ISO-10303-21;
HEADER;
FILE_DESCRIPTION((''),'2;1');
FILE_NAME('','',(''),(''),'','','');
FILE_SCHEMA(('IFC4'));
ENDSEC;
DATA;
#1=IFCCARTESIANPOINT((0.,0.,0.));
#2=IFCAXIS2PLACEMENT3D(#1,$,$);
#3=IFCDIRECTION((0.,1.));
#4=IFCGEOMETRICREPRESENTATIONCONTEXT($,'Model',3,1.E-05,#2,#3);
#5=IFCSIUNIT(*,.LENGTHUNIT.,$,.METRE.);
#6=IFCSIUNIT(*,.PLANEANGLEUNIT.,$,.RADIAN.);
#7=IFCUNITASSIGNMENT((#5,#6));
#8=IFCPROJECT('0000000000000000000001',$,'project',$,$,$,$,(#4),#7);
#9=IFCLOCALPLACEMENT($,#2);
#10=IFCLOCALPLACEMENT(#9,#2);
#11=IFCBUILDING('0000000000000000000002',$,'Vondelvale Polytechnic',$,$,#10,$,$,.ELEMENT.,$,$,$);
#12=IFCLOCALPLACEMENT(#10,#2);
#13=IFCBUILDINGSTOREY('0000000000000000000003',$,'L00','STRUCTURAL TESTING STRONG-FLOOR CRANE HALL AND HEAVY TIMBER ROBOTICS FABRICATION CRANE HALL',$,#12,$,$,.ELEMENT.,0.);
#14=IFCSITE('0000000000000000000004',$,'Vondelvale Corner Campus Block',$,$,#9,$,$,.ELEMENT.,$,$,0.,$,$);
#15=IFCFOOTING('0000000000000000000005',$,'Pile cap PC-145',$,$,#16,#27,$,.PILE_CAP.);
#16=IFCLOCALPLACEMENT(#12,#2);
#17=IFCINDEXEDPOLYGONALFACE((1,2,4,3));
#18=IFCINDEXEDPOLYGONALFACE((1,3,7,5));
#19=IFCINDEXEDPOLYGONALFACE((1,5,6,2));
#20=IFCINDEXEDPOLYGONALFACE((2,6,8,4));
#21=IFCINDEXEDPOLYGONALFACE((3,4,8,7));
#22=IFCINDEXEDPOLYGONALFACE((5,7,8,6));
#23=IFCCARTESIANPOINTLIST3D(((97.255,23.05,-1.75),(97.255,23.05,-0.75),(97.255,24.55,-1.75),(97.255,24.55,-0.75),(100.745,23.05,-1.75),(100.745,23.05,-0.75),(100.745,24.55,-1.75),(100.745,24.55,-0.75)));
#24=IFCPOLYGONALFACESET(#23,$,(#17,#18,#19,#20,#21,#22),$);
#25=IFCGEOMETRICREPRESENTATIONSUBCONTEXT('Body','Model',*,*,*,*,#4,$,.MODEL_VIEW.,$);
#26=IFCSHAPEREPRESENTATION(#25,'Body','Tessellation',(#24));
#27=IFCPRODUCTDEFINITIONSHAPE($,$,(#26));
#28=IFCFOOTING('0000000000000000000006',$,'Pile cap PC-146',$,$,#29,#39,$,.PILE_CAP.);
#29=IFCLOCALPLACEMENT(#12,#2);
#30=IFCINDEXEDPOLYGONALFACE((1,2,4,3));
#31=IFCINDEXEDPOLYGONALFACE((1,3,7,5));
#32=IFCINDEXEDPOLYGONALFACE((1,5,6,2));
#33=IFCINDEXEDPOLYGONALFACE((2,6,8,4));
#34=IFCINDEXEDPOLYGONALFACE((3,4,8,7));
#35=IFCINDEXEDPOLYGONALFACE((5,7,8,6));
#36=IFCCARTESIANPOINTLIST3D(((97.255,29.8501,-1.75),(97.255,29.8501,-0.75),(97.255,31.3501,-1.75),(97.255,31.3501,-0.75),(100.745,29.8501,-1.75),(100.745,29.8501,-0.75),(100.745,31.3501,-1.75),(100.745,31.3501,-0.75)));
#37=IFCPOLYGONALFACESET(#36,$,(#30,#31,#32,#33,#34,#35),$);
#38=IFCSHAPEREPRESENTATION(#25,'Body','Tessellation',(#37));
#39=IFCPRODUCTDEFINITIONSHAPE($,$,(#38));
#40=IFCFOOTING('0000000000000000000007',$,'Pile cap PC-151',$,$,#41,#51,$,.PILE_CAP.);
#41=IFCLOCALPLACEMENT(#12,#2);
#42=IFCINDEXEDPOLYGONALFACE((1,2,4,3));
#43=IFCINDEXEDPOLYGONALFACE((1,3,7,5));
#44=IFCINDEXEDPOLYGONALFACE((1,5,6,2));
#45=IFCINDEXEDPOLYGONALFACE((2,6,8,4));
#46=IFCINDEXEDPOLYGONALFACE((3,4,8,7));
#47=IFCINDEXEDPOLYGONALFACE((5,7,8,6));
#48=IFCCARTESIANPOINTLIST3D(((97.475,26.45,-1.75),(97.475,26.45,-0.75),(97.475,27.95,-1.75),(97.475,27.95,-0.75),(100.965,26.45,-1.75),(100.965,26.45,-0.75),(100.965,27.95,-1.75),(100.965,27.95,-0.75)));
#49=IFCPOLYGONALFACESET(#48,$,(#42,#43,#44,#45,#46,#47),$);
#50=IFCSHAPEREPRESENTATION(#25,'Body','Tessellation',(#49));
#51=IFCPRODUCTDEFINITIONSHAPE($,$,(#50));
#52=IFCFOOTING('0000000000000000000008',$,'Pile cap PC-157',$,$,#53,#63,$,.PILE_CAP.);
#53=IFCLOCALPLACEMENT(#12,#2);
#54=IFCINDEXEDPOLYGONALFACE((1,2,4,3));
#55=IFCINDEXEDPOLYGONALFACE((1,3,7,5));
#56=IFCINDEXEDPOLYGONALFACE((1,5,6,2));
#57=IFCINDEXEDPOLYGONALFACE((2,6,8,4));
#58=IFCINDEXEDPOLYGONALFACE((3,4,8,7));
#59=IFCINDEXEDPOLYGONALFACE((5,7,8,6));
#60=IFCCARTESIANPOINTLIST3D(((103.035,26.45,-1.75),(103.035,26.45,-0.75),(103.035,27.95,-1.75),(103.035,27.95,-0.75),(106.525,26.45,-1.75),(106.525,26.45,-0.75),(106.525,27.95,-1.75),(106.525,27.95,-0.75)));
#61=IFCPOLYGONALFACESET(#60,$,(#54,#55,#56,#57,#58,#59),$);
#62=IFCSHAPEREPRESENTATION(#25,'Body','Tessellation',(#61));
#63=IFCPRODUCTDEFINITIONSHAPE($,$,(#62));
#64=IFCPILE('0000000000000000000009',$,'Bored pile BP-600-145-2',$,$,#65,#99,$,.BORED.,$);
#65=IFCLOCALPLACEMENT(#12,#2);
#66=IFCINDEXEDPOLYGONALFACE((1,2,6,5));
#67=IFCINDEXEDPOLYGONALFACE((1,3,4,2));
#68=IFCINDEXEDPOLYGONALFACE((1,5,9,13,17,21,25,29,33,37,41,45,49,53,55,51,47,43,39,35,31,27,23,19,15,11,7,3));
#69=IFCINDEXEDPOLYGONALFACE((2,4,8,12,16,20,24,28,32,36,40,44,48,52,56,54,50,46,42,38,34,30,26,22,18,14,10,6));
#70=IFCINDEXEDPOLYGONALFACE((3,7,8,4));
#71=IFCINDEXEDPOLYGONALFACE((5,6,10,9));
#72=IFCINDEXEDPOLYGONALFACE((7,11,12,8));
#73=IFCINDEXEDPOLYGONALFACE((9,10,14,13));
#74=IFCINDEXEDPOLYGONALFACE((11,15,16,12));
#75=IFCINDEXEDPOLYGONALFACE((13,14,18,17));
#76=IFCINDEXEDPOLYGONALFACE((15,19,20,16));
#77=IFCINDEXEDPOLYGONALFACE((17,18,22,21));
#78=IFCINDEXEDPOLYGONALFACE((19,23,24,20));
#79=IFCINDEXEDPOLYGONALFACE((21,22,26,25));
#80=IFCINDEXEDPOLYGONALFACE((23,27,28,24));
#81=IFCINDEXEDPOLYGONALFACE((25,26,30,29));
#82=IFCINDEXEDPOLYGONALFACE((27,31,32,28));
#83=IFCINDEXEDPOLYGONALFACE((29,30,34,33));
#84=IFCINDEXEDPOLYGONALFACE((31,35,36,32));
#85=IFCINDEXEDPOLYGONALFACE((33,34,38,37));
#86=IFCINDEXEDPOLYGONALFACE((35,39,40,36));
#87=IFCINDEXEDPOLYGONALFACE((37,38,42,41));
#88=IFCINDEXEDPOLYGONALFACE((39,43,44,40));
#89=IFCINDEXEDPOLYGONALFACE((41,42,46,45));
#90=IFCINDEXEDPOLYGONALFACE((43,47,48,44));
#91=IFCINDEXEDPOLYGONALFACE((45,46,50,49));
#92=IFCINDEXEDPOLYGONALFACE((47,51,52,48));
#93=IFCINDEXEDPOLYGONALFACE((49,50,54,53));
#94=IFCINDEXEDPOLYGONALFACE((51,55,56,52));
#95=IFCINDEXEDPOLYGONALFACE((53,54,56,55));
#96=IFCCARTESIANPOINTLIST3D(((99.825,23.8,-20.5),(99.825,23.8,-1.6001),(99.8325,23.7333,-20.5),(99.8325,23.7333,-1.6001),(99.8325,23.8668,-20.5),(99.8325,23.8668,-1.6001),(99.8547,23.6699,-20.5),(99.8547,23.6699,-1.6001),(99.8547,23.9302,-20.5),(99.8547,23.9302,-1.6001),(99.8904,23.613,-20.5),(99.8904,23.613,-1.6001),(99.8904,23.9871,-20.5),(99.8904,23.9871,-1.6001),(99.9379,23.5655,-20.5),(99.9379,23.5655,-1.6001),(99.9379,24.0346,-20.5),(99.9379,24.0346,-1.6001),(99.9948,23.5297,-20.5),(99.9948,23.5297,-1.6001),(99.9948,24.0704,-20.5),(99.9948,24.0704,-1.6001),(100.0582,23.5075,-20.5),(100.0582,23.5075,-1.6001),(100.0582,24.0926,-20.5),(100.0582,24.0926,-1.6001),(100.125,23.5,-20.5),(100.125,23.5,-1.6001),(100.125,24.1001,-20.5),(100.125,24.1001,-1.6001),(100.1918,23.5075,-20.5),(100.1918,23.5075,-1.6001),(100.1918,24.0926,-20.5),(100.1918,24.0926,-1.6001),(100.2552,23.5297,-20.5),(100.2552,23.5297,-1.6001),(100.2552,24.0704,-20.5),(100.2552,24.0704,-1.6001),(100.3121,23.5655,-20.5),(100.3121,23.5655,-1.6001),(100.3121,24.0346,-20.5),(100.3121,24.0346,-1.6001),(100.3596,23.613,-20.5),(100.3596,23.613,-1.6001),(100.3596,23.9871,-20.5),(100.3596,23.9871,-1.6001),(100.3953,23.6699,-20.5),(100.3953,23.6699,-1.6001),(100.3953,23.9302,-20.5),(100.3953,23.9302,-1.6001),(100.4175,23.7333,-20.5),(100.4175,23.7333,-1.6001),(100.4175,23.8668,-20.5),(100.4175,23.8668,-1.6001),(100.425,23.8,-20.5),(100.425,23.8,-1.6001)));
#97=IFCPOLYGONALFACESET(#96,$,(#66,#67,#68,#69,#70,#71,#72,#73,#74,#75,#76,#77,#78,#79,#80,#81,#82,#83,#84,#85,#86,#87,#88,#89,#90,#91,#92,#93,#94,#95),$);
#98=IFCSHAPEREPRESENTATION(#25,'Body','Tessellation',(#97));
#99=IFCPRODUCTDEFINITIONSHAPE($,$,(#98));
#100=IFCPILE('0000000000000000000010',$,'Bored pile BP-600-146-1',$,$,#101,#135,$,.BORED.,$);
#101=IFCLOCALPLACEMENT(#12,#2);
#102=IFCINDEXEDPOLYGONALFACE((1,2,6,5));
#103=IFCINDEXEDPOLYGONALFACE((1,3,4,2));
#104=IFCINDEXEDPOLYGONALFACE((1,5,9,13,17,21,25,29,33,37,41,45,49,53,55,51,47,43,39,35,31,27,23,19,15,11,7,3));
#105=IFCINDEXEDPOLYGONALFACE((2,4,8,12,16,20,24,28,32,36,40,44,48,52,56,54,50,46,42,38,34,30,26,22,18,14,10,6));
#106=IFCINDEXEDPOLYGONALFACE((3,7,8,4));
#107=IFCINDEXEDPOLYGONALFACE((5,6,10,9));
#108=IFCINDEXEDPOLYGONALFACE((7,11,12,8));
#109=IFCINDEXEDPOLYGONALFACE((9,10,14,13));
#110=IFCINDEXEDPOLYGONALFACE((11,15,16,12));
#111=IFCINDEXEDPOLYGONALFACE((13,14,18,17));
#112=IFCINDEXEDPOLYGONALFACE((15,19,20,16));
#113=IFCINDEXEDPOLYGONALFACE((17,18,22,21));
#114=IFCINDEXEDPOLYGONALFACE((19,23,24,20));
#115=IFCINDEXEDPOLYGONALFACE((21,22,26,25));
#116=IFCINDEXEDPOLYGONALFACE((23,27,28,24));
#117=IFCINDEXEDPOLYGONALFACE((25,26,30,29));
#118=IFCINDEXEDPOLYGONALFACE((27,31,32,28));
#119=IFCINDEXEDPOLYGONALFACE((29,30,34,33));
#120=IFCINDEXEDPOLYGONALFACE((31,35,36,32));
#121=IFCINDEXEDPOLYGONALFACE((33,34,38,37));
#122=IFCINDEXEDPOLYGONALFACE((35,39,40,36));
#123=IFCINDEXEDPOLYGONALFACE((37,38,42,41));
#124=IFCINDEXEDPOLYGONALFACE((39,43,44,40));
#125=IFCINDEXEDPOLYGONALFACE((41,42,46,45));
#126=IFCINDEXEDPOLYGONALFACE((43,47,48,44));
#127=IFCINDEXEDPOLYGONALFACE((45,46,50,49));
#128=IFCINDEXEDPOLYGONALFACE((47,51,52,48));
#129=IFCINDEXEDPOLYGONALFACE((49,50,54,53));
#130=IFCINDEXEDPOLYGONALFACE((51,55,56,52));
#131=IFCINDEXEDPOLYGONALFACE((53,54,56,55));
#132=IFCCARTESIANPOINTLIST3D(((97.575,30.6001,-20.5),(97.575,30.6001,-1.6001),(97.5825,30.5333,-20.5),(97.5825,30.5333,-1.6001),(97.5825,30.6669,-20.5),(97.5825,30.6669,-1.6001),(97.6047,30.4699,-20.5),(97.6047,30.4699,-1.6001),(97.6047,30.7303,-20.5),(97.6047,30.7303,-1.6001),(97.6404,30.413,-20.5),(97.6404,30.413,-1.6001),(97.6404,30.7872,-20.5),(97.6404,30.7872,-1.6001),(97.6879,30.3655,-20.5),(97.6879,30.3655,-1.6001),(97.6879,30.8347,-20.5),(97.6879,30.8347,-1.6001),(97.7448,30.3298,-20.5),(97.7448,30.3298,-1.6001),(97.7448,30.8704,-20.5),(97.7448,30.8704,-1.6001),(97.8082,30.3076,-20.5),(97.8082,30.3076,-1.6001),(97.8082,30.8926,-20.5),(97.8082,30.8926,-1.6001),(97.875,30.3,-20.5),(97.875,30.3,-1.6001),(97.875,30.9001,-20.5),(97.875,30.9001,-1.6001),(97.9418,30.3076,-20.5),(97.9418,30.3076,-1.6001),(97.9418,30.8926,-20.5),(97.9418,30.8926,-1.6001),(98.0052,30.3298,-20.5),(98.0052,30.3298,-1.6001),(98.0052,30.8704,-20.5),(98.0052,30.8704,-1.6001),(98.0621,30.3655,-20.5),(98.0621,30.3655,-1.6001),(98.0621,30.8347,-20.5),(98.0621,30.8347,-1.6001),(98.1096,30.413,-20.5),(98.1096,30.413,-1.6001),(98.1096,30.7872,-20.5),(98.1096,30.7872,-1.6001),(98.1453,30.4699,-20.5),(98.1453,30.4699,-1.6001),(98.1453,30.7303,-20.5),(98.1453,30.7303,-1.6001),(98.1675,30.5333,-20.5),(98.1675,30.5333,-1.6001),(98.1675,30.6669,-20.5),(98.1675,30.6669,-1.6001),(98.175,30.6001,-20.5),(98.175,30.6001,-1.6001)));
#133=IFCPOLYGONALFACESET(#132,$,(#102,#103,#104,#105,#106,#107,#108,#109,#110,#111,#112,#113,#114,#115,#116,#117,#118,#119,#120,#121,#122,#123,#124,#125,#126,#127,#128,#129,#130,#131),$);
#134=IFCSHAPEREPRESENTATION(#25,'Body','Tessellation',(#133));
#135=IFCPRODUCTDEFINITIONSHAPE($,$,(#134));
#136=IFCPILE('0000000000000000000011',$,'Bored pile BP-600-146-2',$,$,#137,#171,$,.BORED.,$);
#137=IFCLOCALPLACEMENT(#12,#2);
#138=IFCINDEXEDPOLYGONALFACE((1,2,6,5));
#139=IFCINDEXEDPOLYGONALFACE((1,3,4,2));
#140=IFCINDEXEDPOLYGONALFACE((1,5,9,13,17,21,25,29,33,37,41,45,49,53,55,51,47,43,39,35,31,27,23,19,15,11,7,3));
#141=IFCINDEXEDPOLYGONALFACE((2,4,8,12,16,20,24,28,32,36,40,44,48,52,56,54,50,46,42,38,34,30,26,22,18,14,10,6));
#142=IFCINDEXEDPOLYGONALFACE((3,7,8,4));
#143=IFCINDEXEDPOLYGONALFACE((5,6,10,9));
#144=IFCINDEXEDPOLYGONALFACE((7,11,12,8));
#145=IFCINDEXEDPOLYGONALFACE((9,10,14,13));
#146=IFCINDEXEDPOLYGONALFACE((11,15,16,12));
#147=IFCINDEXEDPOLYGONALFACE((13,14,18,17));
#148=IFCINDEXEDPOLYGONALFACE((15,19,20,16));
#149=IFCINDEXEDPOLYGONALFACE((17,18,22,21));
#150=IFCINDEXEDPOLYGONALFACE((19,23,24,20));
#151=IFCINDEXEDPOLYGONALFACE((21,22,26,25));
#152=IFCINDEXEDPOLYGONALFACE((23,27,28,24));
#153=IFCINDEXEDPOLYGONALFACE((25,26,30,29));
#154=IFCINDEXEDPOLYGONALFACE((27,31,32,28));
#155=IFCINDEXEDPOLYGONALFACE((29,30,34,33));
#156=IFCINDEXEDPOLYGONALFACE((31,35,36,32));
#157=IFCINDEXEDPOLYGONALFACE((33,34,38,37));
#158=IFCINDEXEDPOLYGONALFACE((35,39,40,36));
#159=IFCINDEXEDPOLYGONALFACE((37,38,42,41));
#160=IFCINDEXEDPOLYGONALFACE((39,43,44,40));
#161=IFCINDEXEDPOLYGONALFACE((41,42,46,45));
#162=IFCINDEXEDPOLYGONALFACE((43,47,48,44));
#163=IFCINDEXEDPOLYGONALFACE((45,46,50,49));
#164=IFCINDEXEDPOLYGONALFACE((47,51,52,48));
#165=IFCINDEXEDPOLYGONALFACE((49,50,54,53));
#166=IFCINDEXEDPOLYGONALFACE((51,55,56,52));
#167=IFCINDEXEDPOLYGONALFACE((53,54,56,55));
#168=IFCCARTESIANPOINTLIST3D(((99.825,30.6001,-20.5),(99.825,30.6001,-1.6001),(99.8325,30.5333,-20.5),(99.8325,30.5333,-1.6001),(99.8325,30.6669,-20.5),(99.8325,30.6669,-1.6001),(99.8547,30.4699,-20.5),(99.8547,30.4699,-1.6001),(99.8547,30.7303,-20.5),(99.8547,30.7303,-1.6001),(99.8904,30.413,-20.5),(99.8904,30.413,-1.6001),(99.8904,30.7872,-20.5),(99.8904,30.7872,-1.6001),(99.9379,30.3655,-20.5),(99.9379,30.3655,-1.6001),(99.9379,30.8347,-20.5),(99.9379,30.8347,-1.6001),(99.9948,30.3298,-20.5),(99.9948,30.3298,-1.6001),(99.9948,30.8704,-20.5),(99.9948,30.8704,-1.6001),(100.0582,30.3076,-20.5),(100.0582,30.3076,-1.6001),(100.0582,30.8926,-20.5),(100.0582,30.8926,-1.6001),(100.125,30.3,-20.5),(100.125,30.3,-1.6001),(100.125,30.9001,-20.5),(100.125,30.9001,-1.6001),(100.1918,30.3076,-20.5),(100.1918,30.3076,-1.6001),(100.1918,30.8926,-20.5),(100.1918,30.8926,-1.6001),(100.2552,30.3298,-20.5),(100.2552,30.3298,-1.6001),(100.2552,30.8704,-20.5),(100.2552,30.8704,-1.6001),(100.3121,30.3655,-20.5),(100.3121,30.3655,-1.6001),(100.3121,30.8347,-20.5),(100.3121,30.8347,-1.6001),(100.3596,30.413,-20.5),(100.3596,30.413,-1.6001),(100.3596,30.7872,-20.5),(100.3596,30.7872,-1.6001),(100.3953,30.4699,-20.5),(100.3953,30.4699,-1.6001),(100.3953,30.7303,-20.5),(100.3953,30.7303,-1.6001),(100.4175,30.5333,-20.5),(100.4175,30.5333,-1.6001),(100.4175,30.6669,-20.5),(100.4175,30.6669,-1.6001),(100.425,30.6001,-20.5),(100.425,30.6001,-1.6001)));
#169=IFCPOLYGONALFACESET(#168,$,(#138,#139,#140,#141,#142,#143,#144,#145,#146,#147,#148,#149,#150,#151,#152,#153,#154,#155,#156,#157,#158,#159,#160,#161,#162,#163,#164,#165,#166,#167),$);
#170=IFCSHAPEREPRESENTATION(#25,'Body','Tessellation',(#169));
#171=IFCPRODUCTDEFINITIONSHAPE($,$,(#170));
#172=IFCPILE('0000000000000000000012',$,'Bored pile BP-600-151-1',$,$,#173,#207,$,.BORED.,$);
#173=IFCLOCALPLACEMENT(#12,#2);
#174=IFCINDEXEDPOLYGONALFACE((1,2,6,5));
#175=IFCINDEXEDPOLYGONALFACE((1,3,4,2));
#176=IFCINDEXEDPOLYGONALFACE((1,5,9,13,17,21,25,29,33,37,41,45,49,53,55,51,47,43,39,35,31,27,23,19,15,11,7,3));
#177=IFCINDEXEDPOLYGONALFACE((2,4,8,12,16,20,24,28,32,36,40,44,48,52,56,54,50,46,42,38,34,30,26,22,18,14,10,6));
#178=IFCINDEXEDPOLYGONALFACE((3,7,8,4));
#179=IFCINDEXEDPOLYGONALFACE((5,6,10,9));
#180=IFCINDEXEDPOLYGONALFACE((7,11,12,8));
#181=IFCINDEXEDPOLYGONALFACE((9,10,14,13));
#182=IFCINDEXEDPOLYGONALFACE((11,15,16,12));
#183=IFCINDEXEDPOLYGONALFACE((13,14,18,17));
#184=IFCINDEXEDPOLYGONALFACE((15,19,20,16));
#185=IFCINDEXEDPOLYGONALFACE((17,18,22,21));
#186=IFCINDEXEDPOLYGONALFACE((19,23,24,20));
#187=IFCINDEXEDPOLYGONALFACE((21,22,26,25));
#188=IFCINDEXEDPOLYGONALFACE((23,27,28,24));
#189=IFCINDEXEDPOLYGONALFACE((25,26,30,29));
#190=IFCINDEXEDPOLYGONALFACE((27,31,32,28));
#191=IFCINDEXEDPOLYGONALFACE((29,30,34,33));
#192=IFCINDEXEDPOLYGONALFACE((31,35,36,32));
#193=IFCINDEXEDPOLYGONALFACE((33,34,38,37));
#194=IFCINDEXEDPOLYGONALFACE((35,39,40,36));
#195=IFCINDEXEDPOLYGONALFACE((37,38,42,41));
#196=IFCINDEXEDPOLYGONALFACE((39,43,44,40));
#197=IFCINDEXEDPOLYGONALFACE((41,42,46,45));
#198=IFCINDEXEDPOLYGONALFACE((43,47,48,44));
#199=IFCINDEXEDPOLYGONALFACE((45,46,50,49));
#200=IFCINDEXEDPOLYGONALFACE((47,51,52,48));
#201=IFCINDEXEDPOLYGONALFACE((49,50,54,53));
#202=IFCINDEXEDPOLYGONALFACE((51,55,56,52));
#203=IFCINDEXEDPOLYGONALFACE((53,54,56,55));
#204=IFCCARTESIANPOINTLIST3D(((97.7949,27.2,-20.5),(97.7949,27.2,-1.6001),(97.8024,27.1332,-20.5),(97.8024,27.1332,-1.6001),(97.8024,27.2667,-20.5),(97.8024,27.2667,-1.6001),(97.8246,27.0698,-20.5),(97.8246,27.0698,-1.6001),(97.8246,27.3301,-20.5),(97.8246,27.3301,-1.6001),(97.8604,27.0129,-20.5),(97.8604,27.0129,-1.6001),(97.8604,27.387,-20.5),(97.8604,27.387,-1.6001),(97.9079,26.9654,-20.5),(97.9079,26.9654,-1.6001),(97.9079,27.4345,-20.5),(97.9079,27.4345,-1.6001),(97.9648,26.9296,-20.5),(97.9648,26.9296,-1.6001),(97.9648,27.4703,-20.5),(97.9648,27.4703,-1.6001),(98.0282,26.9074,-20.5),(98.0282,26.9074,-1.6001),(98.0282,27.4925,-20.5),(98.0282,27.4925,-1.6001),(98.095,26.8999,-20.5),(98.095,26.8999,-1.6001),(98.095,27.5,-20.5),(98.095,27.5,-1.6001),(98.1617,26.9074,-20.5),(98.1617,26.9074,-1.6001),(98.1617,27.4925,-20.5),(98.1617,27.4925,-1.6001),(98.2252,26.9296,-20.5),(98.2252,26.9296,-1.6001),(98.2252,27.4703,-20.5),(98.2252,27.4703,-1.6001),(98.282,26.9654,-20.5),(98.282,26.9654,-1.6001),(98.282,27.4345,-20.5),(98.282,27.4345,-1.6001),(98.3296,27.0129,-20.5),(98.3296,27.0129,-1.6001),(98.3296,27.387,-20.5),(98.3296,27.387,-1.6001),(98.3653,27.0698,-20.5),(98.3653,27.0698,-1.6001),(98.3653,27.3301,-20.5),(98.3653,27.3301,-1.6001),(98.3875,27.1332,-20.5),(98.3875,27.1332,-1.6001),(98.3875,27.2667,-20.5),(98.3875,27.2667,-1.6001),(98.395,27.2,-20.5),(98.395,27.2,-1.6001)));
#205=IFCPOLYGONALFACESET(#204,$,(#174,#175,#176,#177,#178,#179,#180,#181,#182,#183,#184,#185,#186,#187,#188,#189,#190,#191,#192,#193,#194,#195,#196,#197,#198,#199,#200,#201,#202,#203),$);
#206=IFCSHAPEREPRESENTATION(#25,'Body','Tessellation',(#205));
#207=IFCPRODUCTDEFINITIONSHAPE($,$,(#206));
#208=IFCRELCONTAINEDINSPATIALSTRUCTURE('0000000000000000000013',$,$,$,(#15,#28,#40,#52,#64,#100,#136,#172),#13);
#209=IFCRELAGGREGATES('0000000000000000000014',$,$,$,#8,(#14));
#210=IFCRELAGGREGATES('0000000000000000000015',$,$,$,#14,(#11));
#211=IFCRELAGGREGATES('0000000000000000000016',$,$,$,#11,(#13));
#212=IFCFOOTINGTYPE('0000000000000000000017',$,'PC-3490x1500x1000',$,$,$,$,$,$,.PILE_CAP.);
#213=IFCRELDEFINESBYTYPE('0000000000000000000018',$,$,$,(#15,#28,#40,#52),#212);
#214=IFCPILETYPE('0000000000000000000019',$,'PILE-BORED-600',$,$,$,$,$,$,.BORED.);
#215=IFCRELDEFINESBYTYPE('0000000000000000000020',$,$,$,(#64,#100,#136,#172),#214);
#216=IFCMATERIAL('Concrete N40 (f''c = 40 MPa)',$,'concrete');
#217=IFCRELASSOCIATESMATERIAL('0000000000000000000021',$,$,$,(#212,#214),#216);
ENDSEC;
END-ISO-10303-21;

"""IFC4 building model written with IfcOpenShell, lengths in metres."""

from ifc_helpers import new_model, si_unit, direction, frame, origin, origin_2d, place, context, subcontext, project, spatial, rectangle, circle, extrude, material, material_profile, profile_set, type_object, element, save


model = new_model("IFC4")

# Units and contexts
model_context = context("Model", 3, precision=1e-05, world=origin(), true_north=direction((0.0, 1.0)))
body_context = subcontext(model_context, "Body", "Model", "MODEL_VIEW")
ifc_project = project(units=[si_unit("LENGTHUNIT", "METRE"), si_unit("PLANEANGLEUNIT", "RADIAN")], contexts=[model_context])

# Site, building, storey
site_placement = place(None, origin())
site = spatial("IfcSite", under=ifc_project, at=site_placement, Name="Vondelvale Corner Campus Block", CompositionType="ELEMENT", RefElevation=0.0)
building_placement = place(site_placement, origin())
building = spatial("IfcBuilding", under=site, at=building_placement, Name="Vondelvale Polytechnic", CompositionType="ELEMENT")
storey_placement = place(building_placement, origin())
storey = spatial("IfcBuildingStorey", under=building, at=storey_placement, Name="L00", Description="STRUCTURAL TESTING STRONG-FLOOR CRANE HALL AND HEAVY TIMBER ROBOTICS FABRICATION CRANE HALL", CompositionType="ELEMENT", Elevation=0.0)

# Footings
ifc_material_1 = material(Name="Concrete N40 (f'c = 40 MPa)", Category="concrete")
footing_type = type_object("IfcFootingType", Name="PC-3490x1500x1000", PredefinedType="PILE_CAP", material=ifc_material_1)
for number, where, z_axis, x_axis, name in (
    (1, (99.0, 23.8, -1.75), (0.0, 0.0, 1.0), (1.0, 0.0, 0.0), "Pile cap PC-145"),
    (2, (99.0, 30.6001, -1.75), (0.0, 0.0, 1.0), (1.0, 0.0, 0.0), "Pile cap PC-146"),
    (3, (99.22, 27.2, -1.75), (0.0, 0.0, 1.0), (1.0, 0.0, 0.0), "Pile cap PC-151"),
    (4, (104.78, 27.2, -1.75), (0.0, 0.0, 1.0), (1.0, 0.0, 0.0), "Pile cap PC-157"),
):
    element("IfcFooting", number, at=place(storey_placement, frame(where, z_axis=z_axis, x_axis=x_axis)), inside=storey, type_object=footing_type, Name=name, PredefinedType="PILE_CAP", context=body_context, shape_type="SweptSolid", body=[
        extrude(rectangle(XDim=3.49, YDim=1.5, at=origin_2d()), origin(), (0.0, 0.0, 1.0), 1.0),
    ])

# Piles
ifc_material_profile_1 = material_profile(ifc_material_1, circle(Radius=0.3, at=origin_2d()), Name="PILE-D600")
ifc_profile_set_1 = profile_set([ifc_material_profile_1], Name="Concrete N40 (f'c = 40 MPa)")
pile_type = type_object("IfcPileType", Name="PILE-BORED-600", PredefinedType="BORED", material=ifc_profile_set_1)
for number, where, z_axis, x_axis, name in (
    (5, (100.125, 23.8, -1.6001), (0.0, 0.0, -1.0), (1.0, 0.0, 0.0), "Bored pile BP-600-145-2"),
    (6, (97.875, 30.6001, -1.6001), (0.0, 0.0, -1.0), (1.0, 0.0, 0.0), "Bored pile BP-600-146-1"),
    (7, (100.125, 30.6001, -1.6001), (0.0, 0.0, -1.0), (1.0, 0.0, 0.0), "Bored pile BP-600-146-2"),
    (8, (98.095, 27.2, -1.6001), (0.0, 0.0, -1.0), (1.0, 0.0, 0.0), "Bored pile BP-600-151-1"),
):
    element("IfcPile", number, at=place(storey_placement, frame(where, z_axis=z_axis, x_axis=x_axis)), inside=storey, type_object=pile_type, Name=name, PredefinedType="BORED", context=body_context, shape_type="SweptSolid", body=[
        extrude(circle(Radius=0.3, at=origin_2d()), origin(), (0.0, 0.0, 1.0), 18.8999),
    ])

save(model, "model.ifc")
